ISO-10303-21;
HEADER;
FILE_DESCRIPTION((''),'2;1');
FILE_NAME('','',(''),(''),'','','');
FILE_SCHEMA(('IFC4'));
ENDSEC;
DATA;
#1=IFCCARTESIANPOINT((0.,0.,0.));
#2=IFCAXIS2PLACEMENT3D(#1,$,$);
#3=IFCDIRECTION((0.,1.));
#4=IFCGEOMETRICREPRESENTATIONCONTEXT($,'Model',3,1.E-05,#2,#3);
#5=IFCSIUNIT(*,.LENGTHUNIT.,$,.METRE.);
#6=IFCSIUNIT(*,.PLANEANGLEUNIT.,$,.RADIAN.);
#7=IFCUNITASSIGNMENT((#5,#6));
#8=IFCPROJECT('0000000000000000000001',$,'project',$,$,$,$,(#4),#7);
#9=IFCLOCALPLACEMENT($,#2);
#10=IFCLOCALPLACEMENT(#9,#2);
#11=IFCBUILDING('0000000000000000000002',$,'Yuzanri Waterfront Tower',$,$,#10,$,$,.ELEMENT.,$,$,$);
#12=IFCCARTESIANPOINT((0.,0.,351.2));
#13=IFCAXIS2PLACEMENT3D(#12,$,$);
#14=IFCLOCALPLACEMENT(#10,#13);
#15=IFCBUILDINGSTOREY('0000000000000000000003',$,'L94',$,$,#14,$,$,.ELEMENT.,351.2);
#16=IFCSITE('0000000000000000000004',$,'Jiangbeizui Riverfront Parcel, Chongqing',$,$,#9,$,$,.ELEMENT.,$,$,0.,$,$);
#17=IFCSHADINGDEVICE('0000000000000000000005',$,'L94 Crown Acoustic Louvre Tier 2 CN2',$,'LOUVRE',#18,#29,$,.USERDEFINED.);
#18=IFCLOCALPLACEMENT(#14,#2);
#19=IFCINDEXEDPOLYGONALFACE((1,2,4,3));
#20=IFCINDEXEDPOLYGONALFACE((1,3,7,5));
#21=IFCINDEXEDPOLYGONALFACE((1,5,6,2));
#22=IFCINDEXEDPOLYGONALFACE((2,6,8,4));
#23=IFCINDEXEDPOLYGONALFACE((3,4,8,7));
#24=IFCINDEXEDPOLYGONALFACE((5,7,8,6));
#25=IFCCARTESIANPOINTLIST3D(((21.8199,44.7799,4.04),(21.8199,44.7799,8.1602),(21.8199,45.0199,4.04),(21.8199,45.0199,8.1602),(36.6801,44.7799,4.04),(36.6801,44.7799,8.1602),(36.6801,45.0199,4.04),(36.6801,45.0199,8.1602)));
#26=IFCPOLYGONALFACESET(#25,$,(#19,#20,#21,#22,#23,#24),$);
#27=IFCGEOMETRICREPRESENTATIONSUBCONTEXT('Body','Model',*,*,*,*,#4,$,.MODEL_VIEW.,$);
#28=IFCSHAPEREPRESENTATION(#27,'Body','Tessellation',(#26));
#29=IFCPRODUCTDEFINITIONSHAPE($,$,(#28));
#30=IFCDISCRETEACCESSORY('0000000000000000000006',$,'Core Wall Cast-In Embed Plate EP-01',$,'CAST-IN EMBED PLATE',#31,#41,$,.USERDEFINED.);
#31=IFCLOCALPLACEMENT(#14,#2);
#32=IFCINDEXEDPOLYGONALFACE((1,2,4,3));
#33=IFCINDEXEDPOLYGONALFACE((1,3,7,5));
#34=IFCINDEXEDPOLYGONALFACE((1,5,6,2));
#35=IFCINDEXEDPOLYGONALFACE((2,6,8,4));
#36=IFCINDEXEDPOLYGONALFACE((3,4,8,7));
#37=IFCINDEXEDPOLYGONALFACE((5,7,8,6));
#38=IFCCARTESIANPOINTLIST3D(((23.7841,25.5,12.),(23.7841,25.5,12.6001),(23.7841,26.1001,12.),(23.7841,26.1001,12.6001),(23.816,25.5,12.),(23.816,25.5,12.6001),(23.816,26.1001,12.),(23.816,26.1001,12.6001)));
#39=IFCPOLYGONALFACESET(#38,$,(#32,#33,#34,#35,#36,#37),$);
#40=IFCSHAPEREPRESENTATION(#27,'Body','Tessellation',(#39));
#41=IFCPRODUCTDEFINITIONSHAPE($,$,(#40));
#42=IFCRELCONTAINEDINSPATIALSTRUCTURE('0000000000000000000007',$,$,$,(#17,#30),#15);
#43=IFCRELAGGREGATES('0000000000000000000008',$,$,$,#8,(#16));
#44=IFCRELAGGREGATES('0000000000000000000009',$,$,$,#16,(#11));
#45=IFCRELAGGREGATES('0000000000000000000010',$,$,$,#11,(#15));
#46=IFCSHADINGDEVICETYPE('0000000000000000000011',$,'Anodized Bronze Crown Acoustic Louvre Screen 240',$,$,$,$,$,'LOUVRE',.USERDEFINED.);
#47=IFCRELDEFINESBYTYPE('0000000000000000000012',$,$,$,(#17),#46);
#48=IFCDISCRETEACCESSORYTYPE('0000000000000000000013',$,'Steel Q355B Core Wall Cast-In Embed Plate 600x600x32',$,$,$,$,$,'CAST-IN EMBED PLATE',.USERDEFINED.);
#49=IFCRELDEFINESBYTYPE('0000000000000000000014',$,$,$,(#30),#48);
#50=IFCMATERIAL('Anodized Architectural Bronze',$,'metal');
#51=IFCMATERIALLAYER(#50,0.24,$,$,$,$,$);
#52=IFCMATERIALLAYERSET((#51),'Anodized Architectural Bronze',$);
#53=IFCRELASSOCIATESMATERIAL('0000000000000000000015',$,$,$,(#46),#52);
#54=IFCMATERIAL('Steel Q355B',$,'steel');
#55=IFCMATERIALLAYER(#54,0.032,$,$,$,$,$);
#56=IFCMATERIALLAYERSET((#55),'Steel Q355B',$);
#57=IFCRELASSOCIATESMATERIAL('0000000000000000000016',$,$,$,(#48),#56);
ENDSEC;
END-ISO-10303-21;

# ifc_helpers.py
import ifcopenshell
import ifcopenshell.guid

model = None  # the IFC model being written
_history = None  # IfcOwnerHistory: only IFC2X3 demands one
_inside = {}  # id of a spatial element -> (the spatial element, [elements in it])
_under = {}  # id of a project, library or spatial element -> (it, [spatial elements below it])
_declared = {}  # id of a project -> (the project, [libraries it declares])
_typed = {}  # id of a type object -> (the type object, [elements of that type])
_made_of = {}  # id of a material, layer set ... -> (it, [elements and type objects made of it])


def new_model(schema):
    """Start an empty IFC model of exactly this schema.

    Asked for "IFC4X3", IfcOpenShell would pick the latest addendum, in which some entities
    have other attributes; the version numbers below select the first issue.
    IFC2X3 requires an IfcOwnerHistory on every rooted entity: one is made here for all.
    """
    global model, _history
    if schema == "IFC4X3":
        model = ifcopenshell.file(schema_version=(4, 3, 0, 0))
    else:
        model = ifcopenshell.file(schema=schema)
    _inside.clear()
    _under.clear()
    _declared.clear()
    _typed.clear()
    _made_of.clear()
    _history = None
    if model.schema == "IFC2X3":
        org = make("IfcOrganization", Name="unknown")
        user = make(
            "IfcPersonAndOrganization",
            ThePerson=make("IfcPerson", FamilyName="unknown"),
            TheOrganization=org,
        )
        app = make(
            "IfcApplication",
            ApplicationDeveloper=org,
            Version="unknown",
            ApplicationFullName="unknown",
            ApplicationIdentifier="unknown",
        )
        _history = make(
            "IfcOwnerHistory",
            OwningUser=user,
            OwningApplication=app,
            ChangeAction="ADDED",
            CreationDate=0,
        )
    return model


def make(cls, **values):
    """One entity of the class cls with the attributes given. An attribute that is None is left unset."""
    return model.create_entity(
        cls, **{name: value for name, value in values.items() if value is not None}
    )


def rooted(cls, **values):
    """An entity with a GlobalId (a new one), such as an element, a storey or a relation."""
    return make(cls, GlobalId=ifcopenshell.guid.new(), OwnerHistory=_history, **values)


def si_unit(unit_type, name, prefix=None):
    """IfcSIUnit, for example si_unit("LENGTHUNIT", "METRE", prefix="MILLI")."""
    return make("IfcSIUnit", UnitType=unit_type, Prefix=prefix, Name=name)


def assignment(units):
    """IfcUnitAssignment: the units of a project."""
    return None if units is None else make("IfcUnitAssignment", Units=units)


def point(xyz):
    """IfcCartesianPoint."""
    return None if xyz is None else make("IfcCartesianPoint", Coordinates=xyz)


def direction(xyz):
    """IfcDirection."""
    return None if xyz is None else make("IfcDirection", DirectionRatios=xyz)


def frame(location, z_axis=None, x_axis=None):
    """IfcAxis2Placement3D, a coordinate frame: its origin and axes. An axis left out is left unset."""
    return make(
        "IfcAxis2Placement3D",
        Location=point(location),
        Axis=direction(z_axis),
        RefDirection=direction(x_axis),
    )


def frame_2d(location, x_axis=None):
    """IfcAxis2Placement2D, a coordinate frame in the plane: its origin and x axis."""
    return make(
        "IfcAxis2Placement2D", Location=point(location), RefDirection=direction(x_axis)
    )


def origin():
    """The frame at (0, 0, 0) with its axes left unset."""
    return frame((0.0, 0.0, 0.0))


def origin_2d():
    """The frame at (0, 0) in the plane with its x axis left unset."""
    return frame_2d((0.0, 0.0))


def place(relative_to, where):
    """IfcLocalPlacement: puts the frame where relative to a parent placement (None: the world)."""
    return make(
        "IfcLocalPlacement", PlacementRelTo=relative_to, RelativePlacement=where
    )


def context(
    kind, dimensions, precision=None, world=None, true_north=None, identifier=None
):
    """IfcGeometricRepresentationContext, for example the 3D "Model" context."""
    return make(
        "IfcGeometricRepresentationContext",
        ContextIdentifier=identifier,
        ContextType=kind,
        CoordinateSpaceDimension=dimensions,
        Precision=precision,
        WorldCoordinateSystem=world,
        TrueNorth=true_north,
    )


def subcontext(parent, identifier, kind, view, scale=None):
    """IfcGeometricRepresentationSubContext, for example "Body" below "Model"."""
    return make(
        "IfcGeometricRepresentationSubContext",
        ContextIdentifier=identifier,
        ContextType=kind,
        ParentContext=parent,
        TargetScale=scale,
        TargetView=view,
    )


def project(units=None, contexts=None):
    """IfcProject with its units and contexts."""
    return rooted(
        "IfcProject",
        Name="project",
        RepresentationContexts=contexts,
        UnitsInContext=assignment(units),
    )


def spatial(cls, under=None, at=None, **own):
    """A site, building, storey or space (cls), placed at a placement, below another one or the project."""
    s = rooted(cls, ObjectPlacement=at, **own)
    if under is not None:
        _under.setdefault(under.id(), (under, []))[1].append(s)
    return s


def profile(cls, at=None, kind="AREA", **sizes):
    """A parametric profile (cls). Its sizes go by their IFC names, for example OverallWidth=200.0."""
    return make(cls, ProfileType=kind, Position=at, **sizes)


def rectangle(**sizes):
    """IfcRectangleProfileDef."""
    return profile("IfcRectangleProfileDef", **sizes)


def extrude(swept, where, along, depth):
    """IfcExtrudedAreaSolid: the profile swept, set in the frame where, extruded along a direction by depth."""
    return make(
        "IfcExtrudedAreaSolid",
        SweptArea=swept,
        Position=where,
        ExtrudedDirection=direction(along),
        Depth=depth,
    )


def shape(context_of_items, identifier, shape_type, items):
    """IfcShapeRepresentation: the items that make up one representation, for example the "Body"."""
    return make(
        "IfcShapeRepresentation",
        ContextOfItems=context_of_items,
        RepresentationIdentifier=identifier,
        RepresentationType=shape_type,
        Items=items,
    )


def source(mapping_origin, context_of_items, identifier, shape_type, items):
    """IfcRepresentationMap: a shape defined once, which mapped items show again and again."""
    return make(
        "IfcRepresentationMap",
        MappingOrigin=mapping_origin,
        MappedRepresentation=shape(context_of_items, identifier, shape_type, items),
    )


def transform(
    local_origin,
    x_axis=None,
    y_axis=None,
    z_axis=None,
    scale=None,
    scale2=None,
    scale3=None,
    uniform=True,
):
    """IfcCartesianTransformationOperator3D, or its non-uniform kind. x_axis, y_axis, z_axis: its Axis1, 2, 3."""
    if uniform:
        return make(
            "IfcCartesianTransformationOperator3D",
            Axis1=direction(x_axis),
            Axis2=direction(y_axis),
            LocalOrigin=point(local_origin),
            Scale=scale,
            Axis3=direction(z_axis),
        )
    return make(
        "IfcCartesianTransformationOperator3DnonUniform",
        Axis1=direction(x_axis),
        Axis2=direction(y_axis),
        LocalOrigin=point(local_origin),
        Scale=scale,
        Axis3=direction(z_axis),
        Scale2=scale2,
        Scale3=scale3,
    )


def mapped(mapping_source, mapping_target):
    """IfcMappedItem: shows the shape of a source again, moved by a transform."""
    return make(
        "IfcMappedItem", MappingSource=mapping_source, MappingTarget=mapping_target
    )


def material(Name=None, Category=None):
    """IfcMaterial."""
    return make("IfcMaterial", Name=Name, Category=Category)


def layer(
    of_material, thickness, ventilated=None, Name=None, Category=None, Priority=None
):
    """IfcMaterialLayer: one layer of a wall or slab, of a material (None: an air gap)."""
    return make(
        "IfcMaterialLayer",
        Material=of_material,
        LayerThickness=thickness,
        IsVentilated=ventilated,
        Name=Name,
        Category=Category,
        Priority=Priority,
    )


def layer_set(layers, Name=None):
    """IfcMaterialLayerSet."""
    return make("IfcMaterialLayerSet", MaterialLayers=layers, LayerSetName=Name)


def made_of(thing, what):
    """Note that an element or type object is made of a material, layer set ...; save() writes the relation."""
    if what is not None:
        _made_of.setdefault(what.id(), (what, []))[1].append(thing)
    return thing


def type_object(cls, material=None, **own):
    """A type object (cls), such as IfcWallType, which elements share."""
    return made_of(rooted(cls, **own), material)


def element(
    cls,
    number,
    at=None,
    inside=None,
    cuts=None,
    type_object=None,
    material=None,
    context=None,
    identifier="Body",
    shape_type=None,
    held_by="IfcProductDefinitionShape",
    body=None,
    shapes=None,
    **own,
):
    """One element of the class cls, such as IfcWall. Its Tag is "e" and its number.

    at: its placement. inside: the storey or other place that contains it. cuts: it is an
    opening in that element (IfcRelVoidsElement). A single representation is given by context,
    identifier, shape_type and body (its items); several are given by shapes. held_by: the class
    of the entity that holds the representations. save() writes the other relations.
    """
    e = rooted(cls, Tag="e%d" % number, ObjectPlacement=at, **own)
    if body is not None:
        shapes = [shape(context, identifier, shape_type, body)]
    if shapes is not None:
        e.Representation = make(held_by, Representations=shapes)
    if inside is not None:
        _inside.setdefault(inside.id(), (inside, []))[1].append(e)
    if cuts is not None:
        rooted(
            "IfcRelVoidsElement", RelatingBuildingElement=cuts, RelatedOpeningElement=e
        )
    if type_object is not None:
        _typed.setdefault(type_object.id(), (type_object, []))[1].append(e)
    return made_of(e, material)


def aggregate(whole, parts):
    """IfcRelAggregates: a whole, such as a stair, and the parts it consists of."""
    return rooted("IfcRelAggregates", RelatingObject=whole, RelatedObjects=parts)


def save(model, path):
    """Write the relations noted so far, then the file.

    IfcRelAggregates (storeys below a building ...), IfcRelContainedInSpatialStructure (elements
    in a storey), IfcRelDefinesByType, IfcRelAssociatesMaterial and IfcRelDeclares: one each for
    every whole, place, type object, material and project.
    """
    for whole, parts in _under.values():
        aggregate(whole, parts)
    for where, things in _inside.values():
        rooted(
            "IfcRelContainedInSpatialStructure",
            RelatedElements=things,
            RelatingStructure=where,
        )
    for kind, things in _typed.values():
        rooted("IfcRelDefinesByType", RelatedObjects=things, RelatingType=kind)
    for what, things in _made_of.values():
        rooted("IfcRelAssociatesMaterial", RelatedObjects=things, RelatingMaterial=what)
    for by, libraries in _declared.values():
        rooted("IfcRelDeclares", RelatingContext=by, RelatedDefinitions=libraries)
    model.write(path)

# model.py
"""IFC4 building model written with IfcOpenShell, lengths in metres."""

from ifc_helpers import new_model, si_unit, direction, frame, origin, origin_2d, place, context, subcontext, project, spatial, rectangle, extrude, source, transform, mapped, material, layer, layer_set, type_object, element, save


model = new_model("IFC4")

# Units and contexts
model_context = context("Model", 3, precision=1e-05, world=origin(), true_north=direction((0.0, 1.0)))
body_context = subcontext(model_context, "Body", "Model", "MODEL_VIEW")
ifc_project = project(units=[si_unit("LENGTHUNIT", "METRE"), si_unit("PLANEANGLEUNIT", "RADIAN")], contexts=[model_context])

# Site, building, storey
site_placement = place(None, origin())
site = spatial("IfcSite", under=ifc_project, at=site_placement, Name="Jiangbeizui Riverfront Parcel, Chongqing", CompositionType="ELEMENT", RefElevation=0.0)
building_placement = place(site_placement, origin())
building = spatial("IfcBuilding", under=site, at=building_placement, Name="Yuzanri Waterfront Tower", CompositionType="ELEMENT")
storey_placement = place(building_placement, frame((0.0, 0.0, 351.2)))
storey = spatial("IfcBuildingStorey", under=building, at=storey_placement, Name="L94", CompositionType="ELEMENT", Elevation=351.2)

# Shading device
ifc_material_1 = material(Name="Anodized Architectural Bronze", Category="metal")
ifc_layer_1 = layer(ifc_material_1, 0.24)
ifc_layer_set_1 = layer_set([ifc_layer_1], Name="Anodized Architectural Bronze")
shading_device_type = type_object("IfcShadingDeviceType", Name="Anodized Bronze Crown Acoustic Louvre Screen 240", ElementType="LOUVRE", PredefinedType="USERDEFINED", material=ifc_layer_set_1)
shared_shape_1 = source(origin(), body_context, "Body", "SweptSolid", [
    extrude(rectangle(XDim=14.8601, YDim=0.24, at=origin_2d()), origin(), (0.0, 0.0, 1.0), 4.1201),
])
shading_device_placement = place(storey_placement, frame((29.25, 44.8999, 4.04), z_axis=(0.0, 0.0, 1.0), x_axis=(1.0, 0.0, 0.0)))
element("IfcShadingDevice", 1, at=shading_device_placement, inside=storey, type_object=shading_device_type, Name="L94 Crown Acoustic Louvre Tier 2 CN2", ObjectType="LOUVRE", PredefinedType="USERDEFINED", context=body_context, shape_type="MappedRepresentation", body=[
    mapped(shared_shape_1, transform((0.0, 0.0, 0.0), scale=1.0)),
])

# Discrete accessory
ifc_material_2 = material(Name="Steel Q355B", Category="steel")
ifc_layer_2 = layer(ifc_material_2, 0.032)
ifc_layer_set_2 = layer_set([ifc_layer_2], Name="Steel Q355B")
discrete_accessory_type = type_object("IfcDiscreteAccessoryType", Name="Steel Q355B Core Wall Cast-In Embed Plate 600x600x32", ElementType="CAST-IN EMBED PLATE", PredefinedType="USERDEFINED", material=ifc_layer_set_2)
shared_shape_2 = source(origin(), body_context, "Body", "SweptSolid", [
    extrude(rectangle(XDim=0.6001, YDim=0.032, at=origin_2d()), origin(), (0.0, 0.0, 1.0), 0.6001),
])
discrete_accessory_placement = place(storey_placement, frame((23.8, 25.8, 12.0), z_axis=(0.0, 0.0, 1.0), x_axis=(0.0, 1.0, 0.0)))
element("IfcDiscreteAccessory", 2, at=discrete_accessory_placement, inside=storey, type_object=discrete_accessory_type, Name="Core Wall Cast-In Embed Plate EP-01", ObjectType="CAST-IN EMBED PLATE", PredefinedType="USERDEFINED", context=body_context, shape_type="MappedRepresentation", body=[
    mapped(shared_shape_2, transform((0.0, 0.0, 0.0), scale=1.0)),
])

save(model, "model.ifc")
